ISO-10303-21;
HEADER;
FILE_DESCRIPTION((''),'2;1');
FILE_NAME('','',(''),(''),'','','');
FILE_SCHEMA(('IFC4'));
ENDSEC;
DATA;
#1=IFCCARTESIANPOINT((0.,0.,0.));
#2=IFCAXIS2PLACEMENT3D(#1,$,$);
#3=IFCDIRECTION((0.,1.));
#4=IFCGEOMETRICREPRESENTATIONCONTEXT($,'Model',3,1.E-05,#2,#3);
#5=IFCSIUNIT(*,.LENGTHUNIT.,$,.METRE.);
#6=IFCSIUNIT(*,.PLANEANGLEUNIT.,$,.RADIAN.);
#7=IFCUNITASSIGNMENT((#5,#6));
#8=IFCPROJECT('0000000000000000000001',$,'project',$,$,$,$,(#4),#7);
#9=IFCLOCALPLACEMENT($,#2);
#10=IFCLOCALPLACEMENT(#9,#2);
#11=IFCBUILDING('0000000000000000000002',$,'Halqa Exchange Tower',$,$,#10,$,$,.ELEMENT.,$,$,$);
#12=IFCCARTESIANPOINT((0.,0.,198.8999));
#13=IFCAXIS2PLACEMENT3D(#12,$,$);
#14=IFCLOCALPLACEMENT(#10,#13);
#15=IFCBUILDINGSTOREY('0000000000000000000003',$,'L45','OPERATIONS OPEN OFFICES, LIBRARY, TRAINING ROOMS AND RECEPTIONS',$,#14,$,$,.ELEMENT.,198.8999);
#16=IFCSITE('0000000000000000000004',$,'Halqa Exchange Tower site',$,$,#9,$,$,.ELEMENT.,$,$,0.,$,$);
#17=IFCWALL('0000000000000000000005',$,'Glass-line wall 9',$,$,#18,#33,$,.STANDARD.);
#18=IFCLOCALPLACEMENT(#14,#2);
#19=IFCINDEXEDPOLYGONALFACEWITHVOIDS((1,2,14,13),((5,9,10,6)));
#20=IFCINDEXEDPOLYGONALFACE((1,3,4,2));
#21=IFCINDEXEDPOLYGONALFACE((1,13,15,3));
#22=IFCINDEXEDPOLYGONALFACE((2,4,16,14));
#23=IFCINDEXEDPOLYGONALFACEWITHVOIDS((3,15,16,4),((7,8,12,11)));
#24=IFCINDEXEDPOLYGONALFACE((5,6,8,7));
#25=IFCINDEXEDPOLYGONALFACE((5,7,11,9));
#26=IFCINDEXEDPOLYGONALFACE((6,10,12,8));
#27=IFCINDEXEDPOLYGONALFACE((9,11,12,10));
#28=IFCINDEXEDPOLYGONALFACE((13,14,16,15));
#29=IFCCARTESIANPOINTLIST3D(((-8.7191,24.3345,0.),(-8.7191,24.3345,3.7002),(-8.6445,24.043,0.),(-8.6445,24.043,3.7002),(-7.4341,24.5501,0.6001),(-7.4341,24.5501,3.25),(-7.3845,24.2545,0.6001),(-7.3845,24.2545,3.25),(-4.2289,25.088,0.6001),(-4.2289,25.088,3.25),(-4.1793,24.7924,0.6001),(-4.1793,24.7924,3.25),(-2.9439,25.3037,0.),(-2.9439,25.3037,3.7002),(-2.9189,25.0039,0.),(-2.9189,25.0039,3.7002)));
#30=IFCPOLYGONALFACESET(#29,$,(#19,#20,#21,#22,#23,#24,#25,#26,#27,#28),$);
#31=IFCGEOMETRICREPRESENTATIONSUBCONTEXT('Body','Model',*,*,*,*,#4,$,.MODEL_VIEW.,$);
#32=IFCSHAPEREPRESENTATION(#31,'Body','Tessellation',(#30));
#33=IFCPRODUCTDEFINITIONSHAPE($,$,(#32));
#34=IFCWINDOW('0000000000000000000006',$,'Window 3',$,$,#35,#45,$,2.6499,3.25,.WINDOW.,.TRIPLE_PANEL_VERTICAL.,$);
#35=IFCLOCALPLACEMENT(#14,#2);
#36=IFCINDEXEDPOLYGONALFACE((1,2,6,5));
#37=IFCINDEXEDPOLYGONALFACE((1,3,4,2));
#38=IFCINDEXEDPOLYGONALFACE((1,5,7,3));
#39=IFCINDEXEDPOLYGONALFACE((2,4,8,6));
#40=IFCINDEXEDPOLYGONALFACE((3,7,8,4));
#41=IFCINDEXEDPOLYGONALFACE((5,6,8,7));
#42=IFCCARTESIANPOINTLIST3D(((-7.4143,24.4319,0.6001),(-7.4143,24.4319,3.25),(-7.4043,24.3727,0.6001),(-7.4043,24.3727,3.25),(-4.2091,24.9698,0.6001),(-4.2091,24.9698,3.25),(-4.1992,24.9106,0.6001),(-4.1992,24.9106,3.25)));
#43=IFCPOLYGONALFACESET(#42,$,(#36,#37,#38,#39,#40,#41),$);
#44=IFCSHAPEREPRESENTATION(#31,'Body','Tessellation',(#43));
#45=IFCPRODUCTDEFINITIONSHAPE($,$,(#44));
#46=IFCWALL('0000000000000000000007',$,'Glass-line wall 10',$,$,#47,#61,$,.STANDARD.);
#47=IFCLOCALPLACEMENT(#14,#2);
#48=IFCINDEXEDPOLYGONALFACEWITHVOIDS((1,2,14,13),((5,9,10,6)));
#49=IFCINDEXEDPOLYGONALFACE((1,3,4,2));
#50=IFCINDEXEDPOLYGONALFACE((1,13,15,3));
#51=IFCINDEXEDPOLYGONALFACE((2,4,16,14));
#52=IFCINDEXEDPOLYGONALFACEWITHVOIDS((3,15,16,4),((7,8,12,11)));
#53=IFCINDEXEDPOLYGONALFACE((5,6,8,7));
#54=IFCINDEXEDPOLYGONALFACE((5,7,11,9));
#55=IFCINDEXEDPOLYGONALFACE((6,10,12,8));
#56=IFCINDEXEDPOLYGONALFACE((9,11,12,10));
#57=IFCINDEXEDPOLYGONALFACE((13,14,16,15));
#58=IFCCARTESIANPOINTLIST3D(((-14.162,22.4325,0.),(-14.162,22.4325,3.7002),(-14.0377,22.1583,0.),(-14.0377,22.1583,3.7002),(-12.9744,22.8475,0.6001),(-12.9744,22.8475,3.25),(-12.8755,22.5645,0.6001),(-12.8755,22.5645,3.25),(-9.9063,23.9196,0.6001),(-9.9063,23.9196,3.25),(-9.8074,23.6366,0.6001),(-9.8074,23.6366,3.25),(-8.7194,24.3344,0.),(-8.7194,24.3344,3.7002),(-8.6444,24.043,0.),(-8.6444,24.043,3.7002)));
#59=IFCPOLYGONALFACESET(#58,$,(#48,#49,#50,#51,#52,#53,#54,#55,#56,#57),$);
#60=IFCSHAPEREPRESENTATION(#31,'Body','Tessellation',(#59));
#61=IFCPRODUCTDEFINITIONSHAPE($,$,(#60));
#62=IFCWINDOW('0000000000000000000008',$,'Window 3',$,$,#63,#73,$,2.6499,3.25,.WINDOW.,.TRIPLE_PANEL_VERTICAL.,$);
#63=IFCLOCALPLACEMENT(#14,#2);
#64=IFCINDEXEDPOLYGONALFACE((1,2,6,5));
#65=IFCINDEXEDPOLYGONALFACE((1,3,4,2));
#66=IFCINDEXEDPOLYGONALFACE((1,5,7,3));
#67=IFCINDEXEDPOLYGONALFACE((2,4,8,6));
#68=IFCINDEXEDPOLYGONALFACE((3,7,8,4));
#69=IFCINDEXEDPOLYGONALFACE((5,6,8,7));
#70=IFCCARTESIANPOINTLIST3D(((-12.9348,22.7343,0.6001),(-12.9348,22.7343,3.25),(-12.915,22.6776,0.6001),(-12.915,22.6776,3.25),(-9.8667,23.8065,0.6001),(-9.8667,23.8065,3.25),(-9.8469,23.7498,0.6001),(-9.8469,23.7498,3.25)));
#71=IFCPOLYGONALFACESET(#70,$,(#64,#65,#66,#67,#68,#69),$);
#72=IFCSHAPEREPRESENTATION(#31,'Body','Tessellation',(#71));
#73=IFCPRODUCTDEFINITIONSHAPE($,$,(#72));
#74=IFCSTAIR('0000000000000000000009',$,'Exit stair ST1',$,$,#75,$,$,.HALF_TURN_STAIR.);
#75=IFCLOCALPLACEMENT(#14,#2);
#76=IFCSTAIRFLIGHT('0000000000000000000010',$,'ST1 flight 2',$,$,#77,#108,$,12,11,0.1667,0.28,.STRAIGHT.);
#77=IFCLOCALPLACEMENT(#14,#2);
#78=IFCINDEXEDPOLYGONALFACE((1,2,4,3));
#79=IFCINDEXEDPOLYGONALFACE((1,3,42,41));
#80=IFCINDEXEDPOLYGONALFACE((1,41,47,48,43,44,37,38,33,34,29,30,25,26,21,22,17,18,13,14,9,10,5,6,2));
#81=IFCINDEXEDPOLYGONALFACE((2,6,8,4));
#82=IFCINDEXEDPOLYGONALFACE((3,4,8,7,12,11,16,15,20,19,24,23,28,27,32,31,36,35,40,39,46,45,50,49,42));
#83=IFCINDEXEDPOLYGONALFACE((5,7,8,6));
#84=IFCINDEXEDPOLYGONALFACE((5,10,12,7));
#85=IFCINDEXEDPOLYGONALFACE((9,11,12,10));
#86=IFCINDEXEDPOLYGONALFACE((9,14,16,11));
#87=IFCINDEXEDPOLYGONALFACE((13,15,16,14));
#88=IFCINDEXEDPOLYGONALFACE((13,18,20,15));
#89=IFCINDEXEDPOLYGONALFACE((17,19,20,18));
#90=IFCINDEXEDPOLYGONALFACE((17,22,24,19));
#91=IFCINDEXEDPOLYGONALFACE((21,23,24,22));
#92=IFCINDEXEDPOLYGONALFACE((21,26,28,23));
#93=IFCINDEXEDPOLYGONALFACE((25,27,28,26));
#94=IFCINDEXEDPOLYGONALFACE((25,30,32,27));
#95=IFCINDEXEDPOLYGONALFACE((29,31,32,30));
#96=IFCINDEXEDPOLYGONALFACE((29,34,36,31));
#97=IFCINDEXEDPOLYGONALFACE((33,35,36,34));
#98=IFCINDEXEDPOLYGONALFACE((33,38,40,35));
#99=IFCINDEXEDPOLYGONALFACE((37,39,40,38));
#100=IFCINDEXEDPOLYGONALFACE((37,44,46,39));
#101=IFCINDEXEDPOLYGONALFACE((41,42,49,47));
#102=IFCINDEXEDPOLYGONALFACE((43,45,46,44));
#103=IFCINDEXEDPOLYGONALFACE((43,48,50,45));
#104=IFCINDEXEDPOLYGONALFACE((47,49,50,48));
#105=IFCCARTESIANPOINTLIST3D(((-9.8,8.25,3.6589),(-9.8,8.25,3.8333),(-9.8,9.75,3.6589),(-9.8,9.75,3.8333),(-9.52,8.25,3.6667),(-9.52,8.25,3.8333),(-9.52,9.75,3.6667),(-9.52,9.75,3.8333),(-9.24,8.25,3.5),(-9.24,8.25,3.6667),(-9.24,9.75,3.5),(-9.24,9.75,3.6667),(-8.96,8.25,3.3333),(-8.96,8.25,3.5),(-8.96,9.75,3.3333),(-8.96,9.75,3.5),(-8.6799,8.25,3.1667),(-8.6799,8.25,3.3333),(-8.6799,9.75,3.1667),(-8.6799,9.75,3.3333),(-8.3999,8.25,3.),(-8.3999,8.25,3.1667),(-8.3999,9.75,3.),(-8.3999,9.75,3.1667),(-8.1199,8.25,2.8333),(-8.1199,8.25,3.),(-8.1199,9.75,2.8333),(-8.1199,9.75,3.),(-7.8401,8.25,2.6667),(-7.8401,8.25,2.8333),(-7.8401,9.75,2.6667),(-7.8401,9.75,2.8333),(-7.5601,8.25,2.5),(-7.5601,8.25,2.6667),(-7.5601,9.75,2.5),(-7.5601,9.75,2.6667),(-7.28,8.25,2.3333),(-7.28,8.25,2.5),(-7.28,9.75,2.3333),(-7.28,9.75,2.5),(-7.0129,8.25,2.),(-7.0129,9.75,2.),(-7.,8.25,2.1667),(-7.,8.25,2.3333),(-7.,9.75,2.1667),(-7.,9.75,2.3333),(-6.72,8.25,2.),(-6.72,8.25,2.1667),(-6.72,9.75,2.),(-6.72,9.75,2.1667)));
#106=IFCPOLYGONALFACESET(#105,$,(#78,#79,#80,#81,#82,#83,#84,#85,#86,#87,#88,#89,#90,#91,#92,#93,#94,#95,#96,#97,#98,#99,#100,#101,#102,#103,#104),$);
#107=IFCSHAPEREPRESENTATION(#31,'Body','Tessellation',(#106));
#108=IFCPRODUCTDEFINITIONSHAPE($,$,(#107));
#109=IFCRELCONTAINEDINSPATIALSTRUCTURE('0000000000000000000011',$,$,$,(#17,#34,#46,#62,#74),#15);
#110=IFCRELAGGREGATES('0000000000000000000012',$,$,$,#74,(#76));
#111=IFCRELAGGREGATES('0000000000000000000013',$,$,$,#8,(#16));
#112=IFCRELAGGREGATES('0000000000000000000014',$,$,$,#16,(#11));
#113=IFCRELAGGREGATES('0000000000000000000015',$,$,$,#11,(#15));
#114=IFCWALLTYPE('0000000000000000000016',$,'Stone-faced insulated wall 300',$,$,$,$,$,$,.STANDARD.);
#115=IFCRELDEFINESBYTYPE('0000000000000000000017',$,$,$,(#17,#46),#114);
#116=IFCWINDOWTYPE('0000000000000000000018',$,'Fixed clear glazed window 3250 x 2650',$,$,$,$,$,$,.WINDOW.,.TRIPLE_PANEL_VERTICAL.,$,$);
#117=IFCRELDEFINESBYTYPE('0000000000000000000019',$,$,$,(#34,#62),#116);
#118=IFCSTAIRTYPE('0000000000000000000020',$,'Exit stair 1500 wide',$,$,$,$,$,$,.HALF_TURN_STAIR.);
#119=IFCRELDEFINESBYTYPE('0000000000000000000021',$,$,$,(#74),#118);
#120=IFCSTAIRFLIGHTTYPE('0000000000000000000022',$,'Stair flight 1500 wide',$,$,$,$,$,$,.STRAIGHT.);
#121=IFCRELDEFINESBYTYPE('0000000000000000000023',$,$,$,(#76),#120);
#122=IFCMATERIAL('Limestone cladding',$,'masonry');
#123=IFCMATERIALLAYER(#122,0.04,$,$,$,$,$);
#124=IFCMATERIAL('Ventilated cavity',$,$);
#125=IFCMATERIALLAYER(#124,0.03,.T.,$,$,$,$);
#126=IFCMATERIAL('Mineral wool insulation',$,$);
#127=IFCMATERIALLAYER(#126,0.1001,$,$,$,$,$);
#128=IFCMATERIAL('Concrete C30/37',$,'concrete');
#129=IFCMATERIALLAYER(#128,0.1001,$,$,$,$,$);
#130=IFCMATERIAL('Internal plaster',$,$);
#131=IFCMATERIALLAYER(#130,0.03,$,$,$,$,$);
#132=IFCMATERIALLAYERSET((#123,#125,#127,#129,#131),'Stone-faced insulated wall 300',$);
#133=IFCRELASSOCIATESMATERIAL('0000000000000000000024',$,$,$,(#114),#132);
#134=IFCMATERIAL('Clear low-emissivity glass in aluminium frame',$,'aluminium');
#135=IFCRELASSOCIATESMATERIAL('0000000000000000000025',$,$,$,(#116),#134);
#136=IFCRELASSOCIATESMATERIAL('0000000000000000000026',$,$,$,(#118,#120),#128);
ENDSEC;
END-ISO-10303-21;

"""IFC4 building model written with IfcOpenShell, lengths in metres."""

from ifc_helpers import new_model, si_unit, direction, frame, frame_2d, origin, place, context, subcontext, project, spatial, polyline, rectangle, outline, extrude, material, layer, layer_set, type_object, element, fill, aggregate, save


model = new_model("IFC4")

# Units and contexts
model_context = context("Model", 3, precision=1e-05, world=origin(), true_north=direction((0.0, 1.0)))
body_context = subcontext(model_context, "Body", "Model", "MODEL_VIEW")
ifc_project = project(units=[si_unit("LENGTHUNIT", "METRE"), si_unit("PLANEANGLEUNIT", "RADIAN")], contexts=[model_context])

# Site, building, storey
site_placement = place(None, origin())
site = spatial("IfcSite", under=ifc_project, at=site_placement, Name="Halqa Exchange Tower site", CompositionType="ELEMENT", RefElevation=0.0)
building_placement = place(site_placement, origin())
building = spatial("IfcBuilding", under=site, at=building_placement, Name="Halqa Exchange Tower", CompositionType="ELEMENT")
storey_placement = place(building_placement, frame((0.0, 0.0, 198.8999)))
storey = spatial("IfcBuildingStorey", under=building, at=storey_placement, Name="L45", Description="OPERATIONS OPEN OFFICES, LIBRARY, TRAINING ROOMS AND RECEPTIONS", CompositionType="ELEMENT", Elevation=198.8999)

# Shared definitions
ifc_material_1 = material(Name="Concrete C30/37", Category="concrete")

# Walls, openings, windows
ifc_material_2 = material(Name="Limestone cladding", Category="masonry")
ifc_layer_1 = layer(ifc_material_2, 0.04)
ifc_material_3 = material(Name="Ventilated cavity")
ifc_layer_2 = layer(ifc_material_3, 0.03, ventilated=True)
ifc_material_4 = material(Name="Mineral wool insulation")
ifc_layer_3 = layer(ifc_material_4, 0.1001)
ifc_layer_4 = layer(ifc_material_1, 0.1001)
ifc_material_5 = material(Name="Internal plaster")
ifc_layer_5 = layer(ifc_material_5, 0.03)
ifc_layer_set_1 = layer_set([ifc_layer_1, ifc_layer_2, ifc_layer_3, ifc_layer_4, ifc_layer_5], Name="Stone-faced insulated wall 300")
wall_type_1 = type_object("IfcWallType", Name="Stone-faced insulated wall 300", PredefinedType="STANDARD", material=ifc_layer_set_1)
wall_1_placement = place(storey_placement, frame((-2.9314, 25.1538, 0.0), z_axis=(0.0, 0.0, 1.0), x_axis=(-0.986208, -0.165512, 0.0)))
wall_1 = element("IfcWall", 1, at=wall_1_placement, inside=storey, type_object=wall_type_1, Name="Glass-line wall 9", PredefinedType="STANDARD", context=body_context, shape_type="SweptSolid", body=[
    extrude(outline(polyline([(-0.0125, -0.1499), (5.8435, -0.1499), (5.8181, 0.1499), (0.0125, 0.1499), (-0.0125, -0.1499)])), origin(), (0.0, 0.0, 1.0), 3.7002),
])
opening_1_placement = place(wall_1_placement, frame((1.2905, 0.0, 0.6001)))
opening_1 = element("IfcOpeningElement", 2, at=opening_1_placement, cuts=wall_1, PredefinedType="OPENING", context=body_context, shape_type="SweptSolid", body=[
    extrude(rectangle(XDim=3.25, YDim=2.6499, at=frame_2d((1.625, 1.325))), frame((0.0, 0.1621, 0.0), z_axis=(0.0, -1.0, 0.0), x_axis=(1.0, 0.0, 0.0)), (0.0, 0.0, 1.0), 0.324),
])
ifc_material_6 = material(Name="Clear low-emissivity glass in aluminium frame", Category="aluminium")
window_type = type_object("IfcWindowType", Name="Fixed clear glazed window 3250 x 2650", PartitioningType="TRIPLE_PANEL_VERTICAL", PredefinedType="WINDOW", material=ifc_material_6)
window_1_placement = place(opening_1_placement, origin())
window_1 = element("IfcWindow", 3, at=window_1_placement, inside=storey, type_object=window_type, Name="Window 3", OverallHeight=2.6499, OverallWidth=3.25, PartitioningType="TRIPLE_PANEL_VERTICAL", PredefinedType="WINDOW", context=body_context, shape_type="SweptSolid", body=[
    extrude(rectangle(XDim=3.25, YDim=2.6499, at=frame_2d((1.625, 1.325))), frame((0.0, 0.03, 0.0), z_axis=(0.0, -1.0, 0.0), x_axis=(1.0, 0.0, 0.0)), (0.0, 0.0, 1.0), 0.0601),
])
fill(opening_1, window_1)
wall_2_placement = place(storey_placement, frame((-8.6819, 24.1887, 0.0), z_axis=(0.0, 0.0, 1.0), x_axis=(-0.94402, -0.329888, 0.0)))
wall_2 = element("IfcWall", 4, at=wall_2_placement, inside=storey, type_object=wall_type_1, Name="Glass-line wall 10", PredefinedType="STANDARD", context=body_context, shape_type="SweptSolid", body=[
    extrude(outline(polyline([(-0.0127, -0.1499), (5.7527, -0.1499), (5.7258, 0.1499), (0.0127, 0.1499), (-0.0127, -0.1499)])), origin(), (0.0, 0.0, 1.0), 3.7002),
])
opening_2_placement = place(wall_2_placement, frame((1.2446, 0.0, 0.6001)))
opening_2 = element("IfcOpeningElement", 5, at=opening_2_placement, cuts=wall_2, PredefinedType="OPENING", context=body_context, shape_type="SweptSolid", body=[
    extrude(rectangle(XDim=3.25, YDim=2.6499, at=frame_2d((1.625, 1.325))), frame((0.0, 0.1621, 0.0), z_axis=(0.0, -1.0, 0.0), x_axis=(1.0, 0.0, 0.0)), (0.0, 0.0, 1.0), 0.324),
])
window_2_placement = place(opening_2_placement, origin())
window_2 = element("IfcWindow", 6, at=window_2_placement, inside=storey, type_object=window_type, Name="Window 3", OverallHeight=2.6499, OverallWidth=3.25, PartitioningType="TRIPLE_PANEL_VERTICAL", PredefinedType="WINDOW", context=body_context, shape_type="SweptSolid", body=[
    extrude(rectangle(XDim=3.25, YDim=2.6499, at=frame_2d((1.625, 1.325))), frame((0.0, 0.03, 0.0), z_axis=(0.0, -1.0, 0.0), x_axis=(1.0, 0.0, 0.0)), (0.0, 0.0, 1.0), 0.0601),
])
fill(opening_2, window_2)

# Stair, stair flight
stair_type = type_object("IfcStairType", Name="Exit stair 1500 wide", PredefinedType="HALF_TURN_STAIR", material=ifc_material_1)
stair_placement = place(storey_placement, origin())
stair = element("IfcStair", 7, at=stair_placement, inside=storey, type_object=stair_type, Name="Exit stair ST1", PredefinedType="HALF_TURN_STAIR")
stair_flight_type = type_object("IfcStairFlightType", Name="Stair flight 1500 wide", PredefinedType="STRAIGHT", material=ifc_material_1)
stair_flight_placement = place(storey_placement, frame((-6.72, 9.0, 2.0), z_axis=(0.0, 0.0, 1.0), x_axis=(-1.0, 0.0, 0.0)))
stair_flight = element("IfcStairFlight", 8, at=stair_flight_placement, type_object=stair_flight_type, Name="ST1 flight 2", NumberOfRisers=12, NumberOfTreads=11, PredefinedType="STRAIGHT", RiserHeight=0.1667, TreadLength=0.28, context=body_context, shape_type="SweptSolid", body=[
    extrude(outline(polyline([(0.0, 0.0), (0.0, 0.1667), (0.28, 0.1667), (0.28, 0.3333), (0.5601, 0.3333), (0.5601, 0.5), (0.8401, 0.5), (0.8401, 0.6667), (1.1201, 0.6667), (1.1201, 0.8333), (1.3999, 0.8333), (1.3999, 1.0), (1.6799, 1.0), (1.6799, 1.1667), (1.96, 1.1667), (1.96, 1.3333), (2.24, 1.3333), (2.24, 1.5), (2.52, 1.5), (2.52, 1.6667), (2.8, 1.6667), (2.8, 1.8333), (3.0801, 1.8333), (3.0801, 2.0), (3.0801, 1.6589), (0.293, 0.0), (0.0, 0.0)])), frame((0.0, 0.75, 0.0), z_axis=(0.0, -1.0, 0.0), x_axis=(1.0, 0.0, 0.0)), (0.0, 0.0, 1.0), 1.5),
])
aggregate(stair, [stair_flight])

save(model, "model.ifc")
